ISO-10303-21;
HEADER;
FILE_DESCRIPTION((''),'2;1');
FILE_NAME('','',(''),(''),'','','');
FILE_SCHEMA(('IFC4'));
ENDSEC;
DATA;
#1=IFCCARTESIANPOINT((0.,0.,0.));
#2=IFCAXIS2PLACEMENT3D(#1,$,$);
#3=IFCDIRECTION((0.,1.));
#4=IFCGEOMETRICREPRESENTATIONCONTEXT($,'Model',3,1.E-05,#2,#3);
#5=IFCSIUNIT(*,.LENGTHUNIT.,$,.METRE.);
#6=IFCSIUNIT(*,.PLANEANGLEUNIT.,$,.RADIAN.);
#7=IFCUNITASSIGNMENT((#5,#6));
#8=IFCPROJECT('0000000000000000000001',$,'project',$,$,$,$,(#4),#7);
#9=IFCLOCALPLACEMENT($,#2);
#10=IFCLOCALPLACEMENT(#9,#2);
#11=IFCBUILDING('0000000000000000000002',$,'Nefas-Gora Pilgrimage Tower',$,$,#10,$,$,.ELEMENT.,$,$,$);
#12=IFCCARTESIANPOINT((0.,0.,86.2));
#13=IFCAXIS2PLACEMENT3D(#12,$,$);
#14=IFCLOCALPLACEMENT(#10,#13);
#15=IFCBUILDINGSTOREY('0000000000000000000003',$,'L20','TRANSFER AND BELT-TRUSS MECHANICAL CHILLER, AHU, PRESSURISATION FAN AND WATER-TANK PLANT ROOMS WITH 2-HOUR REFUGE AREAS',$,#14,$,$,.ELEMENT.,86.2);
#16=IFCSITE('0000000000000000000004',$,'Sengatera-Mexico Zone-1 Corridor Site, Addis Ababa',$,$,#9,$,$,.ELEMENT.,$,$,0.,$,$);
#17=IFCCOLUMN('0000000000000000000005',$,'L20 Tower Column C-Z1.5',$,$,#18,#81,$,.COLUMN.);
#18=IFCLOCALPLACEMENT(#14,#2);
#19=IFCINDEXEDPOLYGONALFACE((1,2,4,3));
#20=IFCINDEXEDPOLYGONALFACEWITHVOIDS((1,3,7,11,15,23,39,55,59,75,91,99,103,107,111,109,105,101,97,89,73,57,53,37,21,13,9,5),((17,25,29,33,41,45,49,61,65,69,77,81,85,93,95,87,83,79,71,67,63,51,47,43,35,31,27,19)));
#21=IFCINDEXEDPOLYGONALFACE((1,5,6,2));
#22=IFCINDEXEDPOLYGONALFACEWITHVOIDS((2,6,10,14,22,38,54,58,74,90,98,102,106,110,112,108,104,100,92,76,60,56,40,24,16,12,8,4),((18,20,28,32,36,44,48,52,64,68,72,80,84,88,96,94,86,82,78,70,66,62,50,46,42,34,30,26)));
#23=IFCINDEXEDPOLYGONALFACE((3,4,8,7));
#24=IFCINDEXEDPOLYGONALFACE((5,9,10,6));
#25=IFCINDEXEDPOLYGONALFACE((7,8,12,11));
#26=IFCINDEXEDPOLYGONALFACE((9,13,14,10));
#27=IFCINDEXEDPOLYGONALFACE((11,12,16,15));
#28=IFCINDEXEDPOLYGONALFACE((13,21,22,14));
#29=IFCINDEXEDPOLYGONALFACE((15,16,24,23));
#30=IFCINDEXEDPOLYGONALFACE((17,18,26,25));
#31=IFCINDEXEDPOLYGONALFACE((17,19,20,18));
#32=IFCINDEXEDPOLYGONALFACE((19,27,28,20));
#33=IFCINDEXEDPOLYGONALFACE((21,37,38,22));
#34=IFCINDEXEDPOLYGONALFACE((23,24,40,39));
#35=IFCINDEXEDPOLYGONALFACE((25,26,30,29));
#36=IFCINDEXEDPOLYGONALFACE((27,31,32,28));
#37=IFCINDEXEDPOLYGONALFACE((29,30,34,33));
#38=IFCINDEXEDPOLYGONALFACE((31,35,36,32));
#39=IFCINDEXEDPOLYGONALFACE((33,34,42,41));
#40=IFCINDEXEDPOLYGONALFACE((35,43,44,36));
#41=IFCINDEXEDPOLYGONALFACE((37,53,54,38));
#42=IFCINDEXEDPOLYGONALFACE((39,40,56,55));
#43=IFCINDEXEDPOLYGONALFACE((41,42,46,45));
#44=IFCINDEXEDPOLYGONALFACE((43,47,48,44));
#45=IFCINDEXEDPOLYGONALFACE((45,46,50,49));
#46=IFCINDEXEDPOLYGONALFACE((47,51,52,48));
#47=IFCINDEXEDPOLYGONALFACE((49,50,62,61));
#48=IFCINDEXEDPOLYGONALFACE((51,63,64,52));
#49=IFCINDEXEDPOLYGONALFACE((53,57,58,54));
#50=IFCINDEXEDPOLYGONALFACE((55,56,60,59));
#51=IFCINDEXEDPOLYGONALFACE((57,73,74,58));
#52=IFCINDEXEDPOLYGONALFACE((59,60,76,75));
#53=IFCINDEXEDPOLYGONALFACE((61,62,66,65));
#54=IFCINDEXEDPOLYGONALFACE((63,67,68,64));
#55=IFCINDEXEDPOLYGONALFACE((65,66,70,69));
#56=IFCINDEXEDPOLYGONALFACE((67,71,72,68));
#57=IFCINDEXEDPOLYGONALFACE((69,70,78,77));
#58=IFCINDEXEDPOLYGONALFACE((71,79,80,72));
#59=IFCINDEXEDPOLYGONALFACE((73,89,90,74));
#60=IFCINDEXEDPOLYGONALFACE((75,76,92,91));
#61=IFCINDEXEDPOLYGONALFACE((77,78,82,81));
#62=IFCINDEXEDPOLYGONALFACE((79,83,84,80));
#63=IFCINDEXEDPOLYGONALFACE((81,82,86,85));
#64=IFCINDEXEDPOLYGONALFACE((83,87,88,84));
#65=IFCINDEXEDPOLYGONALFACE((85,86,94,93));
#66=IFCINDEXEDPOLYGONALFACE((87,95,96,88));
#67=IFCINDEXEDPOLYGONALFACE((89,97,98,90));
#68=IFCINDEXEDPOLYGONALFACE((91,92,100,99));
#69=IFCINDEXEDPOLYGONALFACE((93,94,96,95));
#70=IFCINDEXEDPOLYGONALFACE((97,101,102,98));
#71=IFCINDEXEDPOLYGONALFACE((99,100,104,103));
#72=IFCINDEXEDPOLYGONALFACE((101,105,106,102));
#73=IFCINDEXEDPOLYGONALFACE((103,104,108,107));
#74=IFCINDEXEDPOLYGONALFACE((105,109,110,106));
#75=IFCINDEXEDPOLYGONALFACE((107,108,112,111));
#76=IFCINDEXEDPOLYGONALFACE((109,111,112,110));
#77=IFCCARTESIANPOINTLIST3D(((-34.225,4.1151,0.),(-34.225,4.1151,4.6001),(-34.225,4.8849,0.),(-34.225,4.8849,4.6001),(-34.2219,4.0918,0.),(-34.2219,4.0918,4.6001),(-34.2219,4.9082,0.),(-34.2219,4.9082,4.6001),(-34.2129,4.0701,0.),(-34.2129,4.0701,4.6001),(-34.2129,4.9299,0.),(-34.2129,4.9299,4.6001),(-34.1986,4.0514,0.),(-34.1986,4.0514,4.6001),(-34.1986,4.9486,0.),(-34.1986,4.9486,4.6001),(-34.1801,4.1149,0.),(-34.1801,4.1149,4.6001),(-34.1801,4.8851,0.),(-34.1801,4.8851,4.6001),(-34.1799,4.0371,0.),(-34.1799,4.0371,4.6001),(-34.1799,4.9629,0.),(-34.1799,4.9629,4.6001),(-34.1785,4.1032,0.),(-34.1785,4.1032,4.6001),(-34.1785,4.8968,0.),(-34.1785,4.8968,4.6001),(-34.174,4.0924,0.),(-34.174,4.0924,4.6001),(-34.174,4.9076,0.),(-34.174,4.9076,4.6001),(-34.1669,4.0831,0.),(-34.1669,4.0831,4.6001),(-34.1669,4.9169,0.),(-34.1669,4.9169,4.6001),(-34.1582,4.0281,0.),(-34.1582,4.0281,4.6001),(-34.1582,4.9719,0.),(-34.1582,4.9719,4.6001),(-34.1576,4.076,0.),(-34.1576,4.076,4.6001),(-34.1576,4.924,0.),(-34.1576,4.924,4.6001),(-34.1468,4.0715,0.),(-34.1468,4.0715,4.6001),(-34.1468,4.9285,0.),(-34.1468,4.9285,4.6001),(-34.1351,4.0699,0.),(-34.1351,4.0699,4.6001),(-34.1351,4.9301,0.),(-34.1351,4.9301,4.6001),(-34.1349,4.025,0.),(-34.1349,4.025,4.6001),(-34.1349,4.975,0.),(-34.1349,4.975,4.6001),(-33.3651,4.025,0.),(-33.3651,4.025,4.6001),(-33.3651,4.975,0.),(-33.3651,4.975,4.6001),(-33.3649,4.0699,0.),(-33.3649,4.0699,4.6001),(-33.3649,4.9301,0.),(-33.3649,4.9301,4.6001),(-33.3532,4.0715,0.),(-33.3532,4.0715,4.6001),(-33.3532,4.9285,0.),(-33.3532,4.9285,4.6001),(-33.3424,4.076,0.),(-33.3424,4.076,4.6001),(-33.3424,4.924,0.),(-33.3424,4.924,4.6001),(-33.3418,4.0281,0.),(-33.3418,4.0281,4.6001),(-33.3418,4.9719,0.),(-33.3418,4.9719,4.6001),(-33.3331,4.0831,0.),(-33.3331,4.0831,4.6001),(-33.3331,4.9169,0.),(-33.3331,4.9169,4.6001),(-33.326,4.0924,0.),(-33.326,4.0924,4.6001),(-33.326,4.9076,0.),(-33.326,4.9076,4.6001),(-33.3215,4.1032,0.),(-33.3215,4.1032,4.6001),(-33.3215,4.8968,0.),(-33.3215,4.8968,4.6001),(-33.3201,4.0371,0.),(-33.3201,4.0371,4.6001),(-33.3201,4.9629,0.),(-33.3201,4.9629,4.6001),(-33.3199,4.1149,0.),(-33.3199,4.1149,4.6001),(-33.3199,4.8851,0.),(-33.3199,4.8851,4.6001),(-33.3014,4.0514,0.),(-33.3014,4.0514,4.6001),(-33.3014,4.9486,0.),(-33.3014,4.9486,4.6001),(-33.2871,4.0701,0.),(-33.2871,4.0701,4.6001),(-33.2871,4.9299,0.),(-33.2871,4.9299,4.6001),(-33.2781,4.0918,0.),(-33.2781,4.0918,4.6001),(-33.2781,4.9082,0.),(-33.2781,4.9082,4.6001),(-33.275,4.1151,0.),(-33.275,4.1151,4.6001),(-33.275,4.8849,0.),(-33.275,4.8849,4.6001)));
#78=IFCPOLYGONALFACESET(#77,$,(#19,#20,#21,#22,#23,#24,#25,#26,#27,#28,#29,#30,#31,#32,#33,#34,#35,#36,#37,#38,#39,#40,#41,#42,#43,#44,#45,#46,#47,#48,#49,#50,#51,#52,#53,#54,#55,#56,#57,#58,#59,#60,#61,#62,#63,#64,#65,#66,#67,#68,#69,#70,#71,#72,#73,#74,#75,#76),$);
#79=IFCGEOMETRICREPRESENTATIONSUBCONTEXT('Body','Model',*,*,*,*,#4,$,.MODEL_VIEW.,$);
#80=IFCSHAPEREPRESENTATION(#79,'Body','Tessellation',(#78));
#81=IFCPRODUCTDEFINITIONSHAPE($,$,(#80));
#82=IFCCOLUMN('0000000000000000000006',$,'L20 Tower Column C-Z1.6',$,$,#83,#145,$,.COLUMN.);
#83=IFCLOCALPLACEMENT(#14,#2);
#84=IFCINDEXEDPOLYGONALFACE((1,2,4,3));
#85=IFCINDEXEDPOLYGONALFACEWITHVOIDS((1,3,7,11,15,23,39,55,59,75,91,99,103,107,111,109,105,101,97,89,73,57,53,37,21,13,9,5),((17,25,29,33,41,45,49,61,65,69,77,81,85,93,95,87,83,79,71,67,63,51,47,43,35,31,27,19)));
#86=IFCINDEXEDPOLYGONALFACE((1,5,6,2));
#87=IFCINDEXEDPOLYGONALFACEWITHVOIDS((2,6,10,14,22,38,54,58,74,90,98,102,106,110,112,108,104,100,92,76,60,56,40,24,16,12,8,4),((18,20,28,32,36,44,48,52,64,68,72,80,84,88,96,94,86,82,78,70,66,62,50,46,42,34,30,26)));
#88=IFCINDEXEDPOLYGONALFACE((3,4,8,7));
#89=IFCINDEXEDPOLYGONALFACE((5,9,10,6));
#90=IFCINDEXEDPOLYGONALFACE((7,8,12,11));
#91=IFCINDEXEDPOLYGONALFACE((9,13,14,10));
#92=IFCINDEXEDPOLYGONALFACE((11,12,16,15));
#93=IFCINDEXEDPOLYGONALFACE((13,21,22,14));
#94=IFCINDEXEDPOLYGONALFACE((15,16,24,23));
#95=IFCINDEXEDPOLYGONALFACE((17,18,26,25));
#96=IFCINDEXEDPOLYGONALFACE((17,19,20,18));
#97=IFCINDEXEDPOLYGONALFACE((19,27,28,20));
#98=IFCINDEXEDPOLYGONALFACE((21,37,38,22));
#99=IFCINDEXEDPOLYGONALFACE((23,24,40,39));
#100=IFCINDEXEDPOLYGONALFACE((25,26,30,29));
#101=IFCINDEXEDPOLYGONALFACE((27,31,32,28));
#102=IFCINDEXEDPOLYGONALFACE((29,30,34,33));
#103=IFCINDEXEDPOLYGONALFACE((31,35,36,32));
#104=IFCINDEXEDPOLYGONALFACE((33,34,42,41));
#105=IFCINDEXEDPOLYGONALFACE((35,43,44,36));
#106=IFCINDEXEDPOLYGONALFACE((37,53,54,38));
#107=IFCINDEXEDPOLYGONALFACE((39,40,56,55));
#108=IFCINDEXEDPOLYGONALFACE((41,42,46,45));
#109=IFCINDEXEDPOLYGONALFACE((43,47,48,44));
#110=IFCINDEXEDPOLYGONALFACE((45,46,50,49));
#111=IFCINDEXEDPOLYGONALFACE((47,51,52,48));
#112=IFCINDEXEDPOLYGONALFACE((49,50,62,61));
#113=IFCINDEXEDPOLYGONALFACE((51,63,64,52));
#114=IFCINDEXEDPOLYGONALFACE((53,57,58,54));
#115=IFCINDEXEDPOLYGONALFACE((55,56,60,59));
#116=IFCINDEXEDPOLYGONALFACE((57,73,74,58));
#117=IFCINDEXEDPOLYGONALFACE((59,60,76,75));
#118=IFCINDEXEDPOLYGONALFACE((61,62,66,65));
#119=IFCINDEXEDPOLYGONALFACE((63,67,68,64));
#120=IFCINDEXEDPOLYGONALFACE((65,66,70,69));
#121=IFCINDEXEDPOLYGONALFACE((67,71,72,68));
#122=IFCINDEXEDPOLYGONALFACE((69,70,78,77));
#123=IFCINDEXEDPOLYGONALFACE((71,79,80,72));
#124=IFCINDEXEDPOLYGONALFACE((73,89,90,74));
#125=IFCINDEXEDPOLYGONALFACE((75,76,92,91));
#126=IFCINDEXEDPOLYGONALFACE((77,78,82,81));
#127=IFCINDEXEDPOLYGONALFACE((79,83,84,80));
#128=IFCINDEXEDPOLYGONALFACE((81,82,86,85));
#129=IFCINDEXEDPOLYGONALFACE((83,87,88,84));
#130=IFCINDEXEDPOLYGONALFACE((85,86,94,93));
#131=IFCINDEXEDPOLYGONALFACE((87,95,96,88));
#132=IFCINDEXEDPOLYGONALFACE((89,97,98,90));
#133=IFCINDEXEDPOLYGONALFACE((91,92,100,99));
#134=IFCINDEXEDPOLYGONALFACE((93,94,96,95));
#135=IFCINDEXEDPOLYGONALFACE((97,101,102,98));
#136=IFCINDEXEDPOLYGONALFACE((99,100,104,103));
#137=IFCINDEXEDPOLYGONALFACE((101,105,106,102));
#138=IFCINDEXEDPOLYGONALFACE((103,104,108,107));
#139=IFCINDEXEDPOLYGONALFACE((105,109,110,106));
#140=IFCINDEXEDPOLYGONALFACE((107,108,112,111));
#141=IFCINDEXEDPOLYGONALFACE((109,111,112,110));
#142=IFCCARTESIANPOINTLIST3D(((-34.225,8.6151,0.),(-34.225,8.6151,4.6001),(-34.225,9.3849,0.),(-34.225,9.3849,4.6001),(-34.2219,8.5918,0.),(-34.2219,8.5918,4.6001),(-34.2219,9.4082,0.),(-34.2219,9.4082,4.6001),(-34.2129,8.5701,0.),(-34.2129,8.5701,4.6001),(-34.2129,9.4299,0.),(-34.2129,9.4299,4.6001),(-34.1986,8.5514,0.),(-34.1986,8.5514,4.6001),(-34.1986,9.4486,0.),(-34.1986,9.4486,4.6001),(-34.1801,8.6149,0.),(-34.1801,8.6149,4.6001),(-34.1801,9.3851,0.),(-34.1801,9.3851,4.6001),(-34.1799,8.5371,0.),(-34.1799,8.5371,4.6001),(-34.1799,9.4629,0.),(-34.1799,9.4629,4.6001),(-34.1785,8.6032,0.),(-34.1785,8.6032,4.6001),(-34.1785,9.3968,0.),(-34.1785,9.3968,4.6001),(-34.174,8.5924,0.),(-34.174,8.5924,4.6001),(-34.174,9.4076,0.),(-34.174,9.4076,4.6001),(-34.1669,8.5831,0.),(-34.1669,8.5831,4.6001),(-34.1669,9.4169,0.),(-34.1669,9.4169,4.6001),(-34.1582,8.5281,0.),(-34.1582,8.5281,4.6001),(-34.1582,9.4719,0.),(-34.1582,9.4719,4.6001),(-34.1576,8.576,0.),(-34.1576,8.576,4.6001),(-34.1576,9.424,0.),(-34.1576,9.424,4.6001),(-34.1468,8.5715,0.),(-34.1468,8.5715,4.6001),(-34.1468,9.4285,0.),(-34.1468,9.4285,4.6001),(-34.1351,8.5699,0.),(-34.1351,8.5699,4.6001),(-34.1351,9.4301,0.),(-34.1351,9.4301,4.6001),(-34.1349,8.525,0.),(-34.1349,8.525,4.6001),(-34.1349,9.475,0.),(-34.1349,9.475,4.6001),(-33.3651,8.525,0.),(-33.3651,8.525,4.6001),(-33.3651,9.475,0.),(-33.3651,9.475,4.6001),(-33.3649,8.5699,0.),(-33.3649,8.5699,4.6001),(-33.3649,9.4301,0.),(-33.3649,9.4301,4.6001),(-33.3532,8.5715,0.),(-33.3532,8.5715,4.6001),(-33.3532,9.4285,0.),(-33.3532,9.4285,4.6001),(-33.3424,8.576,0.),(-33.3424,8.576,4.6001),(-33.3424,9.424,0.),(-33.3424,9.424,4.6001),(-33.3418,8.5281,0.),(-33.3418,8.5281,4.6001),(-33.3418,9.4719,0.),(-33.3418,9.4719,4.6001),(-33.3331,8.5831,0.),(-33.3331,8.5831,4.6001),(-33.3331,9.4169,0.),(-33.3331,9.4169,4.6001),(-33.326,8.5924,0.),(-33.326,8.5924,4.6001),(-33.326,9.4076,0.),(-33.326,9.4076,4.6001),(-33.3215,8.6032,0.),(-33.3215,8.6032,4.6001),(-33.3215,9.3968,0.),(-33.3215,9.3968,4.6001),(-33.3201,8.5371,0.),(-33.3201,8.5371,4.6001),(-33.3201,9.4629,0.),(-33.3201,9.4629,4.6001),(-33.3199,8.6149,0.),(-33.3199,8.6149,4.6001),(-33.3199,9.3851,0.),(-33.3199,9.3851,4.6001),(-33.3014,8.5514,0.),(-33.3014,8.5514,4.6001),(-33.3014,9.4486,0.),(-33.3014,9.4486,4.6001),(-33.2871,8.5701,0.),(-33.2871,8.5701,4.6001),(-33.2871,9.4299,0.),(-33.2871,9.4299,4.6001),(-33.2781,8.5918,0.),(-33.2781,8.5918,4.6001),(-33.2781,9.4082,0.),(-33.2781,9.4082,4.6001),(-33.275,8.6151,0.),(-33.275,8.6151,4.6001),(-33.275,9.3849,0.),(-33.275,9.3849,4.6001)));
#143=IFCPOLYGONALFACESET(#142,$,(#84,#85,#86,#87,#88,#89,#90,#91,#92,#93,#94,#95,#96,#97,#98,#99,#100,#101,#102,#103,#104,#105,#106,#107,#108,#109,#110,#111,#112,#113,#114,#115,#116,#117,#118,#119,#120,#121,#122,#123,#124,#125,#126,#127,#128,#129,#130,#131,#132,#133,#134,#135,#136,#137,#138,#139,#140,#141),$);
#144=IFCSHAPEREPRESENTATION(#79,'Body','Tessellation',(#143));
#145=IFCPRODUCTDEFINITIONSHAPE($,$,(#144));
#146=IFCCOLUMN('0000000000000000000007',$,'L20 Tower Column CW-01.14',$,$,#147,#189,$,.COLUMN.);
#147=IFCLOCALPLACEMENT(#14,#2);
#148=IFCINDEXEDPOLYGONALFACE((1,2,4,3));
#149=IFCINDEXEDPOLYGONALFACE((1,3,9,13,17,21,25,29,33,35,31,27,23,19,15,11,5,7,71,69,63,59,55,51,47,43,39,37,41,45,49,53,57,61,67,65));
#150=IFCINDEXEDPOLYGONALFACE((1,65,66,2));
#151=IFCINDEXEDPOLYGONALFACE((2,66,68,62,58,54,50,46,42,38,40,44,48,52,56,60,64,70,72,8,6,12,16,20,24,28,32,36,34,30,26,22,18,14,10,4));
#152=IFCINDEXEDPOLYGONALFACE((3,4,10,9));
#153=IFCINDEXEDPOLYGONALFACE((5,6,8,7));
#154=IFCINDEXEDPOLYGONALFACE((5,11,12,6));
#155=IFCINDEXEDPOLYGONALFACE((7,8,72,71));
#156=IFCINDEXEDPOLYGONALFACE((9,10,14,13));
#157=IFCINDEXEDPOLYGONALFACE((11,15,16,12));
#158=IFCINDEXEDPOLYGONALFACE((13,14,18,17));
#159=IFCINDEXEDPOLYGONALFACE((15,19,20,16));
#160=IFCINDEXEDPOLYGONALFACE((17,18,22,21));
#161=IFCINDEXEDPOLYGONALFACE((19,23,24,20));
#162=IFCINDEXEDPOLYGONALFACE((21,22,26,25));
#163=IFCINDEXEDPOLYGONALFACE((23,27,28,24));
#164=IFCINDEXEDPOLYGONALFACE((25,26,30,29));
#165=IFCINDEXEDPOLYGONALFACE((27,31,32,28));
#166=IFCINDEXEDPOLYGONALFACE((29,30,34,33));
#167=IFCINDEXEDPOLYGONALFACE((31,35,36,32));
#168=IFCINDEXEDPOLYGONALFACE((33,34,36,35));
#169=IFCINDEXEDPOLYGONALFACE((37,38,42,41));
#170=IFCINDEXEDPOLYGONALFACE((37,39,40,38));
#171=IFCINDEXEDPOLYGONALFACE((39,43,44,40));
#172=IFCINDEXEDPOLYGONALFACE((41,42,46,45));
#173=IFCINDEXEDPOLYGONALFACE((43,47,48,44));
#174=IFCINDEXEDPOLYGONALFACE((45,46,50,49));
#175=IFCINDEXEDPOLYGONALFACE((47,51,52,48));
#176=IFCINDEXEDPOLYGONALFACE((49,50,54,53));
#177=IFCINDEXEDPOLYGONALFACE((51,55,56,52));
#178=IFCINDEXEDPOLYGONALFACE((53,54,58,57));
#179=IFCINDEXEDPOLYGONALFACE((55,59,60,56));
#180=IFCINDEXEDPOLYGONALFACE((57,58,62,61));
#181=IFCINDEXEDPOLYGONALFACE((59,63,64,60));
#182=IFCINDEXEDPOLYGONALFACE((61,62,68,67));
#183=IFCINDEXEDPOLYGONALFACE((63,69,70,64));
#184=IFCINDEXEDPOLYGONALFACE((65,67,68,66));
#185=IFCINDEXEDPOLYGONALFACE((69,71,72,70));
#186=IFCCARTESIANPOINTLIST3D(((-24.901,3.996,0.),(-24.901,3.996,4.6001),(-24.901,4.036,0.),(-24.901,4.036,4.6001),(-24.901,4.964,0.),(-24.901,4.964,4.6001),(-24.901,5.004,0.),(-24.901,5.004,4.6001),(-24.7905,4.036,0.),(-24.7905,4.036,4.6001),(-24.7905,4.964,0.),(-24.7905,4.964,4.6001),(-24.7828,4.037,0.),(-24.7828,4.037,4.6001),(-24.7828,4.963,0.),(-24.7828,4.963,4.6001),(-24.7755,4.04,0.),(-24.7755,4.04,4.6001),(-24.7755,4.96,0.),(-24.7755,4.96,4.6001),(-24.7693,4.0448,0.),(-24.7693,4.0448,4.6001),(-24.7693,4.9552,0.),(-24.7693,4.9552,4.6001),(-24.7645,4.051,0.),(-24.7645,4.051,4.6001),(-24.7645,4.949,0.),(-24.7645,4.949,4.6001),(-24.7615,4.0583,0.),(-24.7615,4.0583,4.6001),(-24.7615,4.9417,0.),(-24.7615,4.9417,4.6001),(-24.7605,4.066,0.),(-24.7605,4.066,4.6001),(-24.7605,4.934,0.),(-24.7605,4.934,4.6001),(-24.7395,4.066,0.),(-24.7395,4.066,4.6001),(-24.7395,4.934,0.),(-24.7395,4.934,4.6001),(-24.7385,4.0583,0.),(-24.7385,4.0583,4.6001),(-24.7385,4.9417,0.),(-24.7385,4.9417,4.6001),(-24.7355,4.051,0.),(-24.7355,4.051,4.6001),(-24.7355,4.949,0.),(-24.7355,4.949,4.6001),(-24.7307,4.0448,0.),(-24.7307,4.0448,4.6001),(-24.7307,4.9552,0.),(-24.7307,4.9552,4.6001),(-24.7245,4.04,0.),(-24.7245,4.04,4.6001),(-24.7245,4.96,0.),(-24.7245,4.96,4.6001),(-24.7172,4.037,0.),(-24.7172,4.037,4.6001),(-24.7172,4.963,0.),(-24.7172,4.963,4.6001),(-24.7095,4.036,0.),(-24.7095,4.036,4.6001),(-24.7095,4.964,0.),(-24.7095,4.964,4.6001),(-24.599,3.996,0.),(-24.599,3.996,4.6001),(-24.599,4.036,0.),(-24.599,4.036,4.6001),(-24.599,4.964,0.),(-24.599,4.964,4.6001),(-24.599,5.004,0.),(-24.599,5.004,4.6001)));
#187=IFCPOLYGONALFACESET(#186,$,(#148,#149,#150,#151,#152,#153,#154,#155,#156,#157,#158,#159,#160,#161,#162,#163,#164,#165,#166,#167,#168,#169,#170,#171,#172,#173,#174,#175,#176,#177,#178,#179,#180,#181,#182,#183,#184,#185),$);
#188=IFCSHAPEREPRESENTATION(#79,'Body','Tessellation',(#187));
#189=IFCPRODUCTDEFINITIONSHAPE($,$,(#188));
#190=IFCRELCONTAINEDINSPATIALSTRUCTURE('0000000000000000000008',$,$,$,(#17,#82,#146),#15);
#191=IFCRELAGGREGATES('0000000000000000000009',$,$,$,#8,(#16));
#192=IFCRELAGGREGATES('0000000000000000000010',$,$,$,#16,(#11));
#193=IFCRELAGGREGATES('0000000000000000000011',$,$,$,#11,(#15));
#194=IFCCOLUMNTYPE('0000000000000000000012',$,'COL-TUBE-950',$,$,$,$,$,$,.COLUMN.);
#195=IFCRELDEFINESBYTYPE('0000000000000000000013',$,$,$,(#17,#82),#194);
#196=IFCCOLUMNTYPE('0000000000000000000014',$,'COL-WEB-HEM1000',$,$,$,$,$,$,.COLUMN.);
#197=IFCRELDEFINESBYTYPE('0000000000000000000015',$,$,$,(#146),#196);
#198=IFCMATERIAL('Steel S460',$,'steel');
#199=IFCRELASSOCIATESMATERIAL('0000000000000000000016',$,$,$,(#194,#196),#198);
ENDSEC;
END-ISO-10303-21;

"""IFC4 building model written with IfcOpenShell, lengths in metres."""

from ifc_helpers import new_model, si_unit, direction, frame, origin, origin_2d, place, context, subcontext, project, spatial, hollow_rectangle, i_section, extrude, source, transform, mapped, material, material_profile, profile_set, type_object, element, save


model = new_model("IFC4")

# Units and contexts
model_context = context("Model", 3, precision=1e-05, world=origin(), true_north=direction((0.0, 1.0)))
body_context = subcontext(model_context, "Body", "Model", "MODEL_VIEW")
ifc_project = project(units=[si_unit("LENGTHUNIT", "METRE"), si_unit("PLANEANGLEUNIT", "RADIAN")], contexts=[model_context])

# Site, building, storey
site_placement = place(None, origin())
site = spatial("IfcSite", under=ifc_project, at=site_placement, Name="Sengatera-Mexico Zone-1 Corridor Site, Addis Ababa", CompositionType="ELEMENT", RefElevation=0.0)
building_placement = place(site_placement, origin())
building = spatial("IfcBuilding", under=site, at=building_placement, Name="Nefas-Gora Pilgrimage Tower", CompositionType="ELEMENT")
storey_placement = place(building_placement, frame((0.0, 0.0, 86.2)))
storey = spatial("IfcBuildingStorey", under=building, at=storey_placement, Name="L20", Description="TRANSFER AND BELT-TRUSS MECHANICAL CHILLER, AHU, PRESSURISATION FAN AND WATER-TANK PLANT ROOMS WITH 2-HOUR REFUGE AREAS", CompositionType="ELEMENT", Elevation=86.2)

# Columns
ifc_material_1 = material(Name="Steel S460", Category="steel")
ifc_material_profile_1 = material_profile(ifc_material_1, hollow_rectangle(XDim=0.95, YDim=0.95, WallThickness=0.0449, InnerFilletRadius=0.0449, OuterFilletRadius=0.0901, at=origin_2d()), Name="BOX 950x950x45")
ifc_profile_set_1 = profile_set([ifc_material_profile_1], Name="Steel S460")
column_type_1 = type_object("IfcColumnType", Name="COL-TUBE-950", PredefinedType="COLUMN", material=ifc_profile_set_1)
shared_shape_1 = source(origin(), body_context, "Body", "SweptSolid", [
    extrude(hollow_rectangle(XDim=0.95, YDim=0.95, WallThickness=0.0449, InnerFilletRadius=0.0449, OuterFilletRadius=0.0901, at=origin_2d()), origin(), (0.0, 0.0, 1.0), 4.6001),
])
for number, where, z_axis, x_axis, name in (
    (1, (-33.75, 4.5, 0.0), (0.0, 0.0, 1.0), (1.0, 0.0, 0.0), "L20 Tower Column C-Z1.5"),
    (2, (-33.75, 9.0, 0.0), (0.0, 0.0, 1.0), (1.0, 0.0, 0.0), "L20 Tower Column C-Z1.6"),
):
    element("IfcColumn", number, at=place(storey_placement, frame(where, z_axis=z_axis, x_axis=x_axis)), inside=storey, type_object=column_type_1, Name=name, PredefinedType="COLUMN", context=body_context, shape_type="MappedRepresentation", body=[
        mapped(shared_shape_1, transform((0.0, 0.0, 0.0), x_axis=(1.0, 0.0, 0.0), y_axis=(0.0, 1.0, 0.0), z_axis=(0.0, 0.0, 1.0), scale=1.0)),
    ])
ifc_material_profile_2 = material_profile(ifc_material_1, i_section(OverallWidth=0.302, OverallDepth=1.0081, WebThickness=0.021, FlangeThickness=0.04, FilletRadius=0.03, at=origin_2d()), Name="HEM 1000")
ifc_profile_set_2 = profile_set([ifc_material_profile_2], Name="Steel S460")
column_type_2 = type_object("IfcColumnType", Name="COL-WEB-HEM1000", PredefinedType="COLUMN", material=ifc_profile_set_2)
shared_shape_2 = source(origin(), body_context, "Body", "SweptSolid", [
    extrude(i_section(OverallWidth=0.302, OverallDepth=1.0081, WebThickness=0.021, FlangeThickness=0.04, FilletRadius=0.03, at=origin_2d()), origin(), (0.0, 0.0, 1.0), 4.6001),
])
for number, where, z_axis, x_axis, name in (
    (3, (-24.75, 4.5, 0.0), (0.0, 0.0, 1.0), (1.0, 0.0, 0.0), "L20 Tower Column CW-01.14"),
):
    element("IfcColumn", number, at=place(storey_placement, frame(where, z_axis=z_axis, x_axis=x_axis)), inside=storey, type_object=column_type_2, Name=name, PredefinedType="COLUMN", context=body_context, shape_type="MappedRepresentation", body=[
        mapped(shared_shape_2, transform((0.0, 0.0, 0.0), x_axis=(1.0, 0.0, 0.0), y_axis=(0.0, 1.0, 0.0), z_axis=(0.0, 0.0, 1.0), scale=1.0)),
    ])

save(model, "model.ifc")
